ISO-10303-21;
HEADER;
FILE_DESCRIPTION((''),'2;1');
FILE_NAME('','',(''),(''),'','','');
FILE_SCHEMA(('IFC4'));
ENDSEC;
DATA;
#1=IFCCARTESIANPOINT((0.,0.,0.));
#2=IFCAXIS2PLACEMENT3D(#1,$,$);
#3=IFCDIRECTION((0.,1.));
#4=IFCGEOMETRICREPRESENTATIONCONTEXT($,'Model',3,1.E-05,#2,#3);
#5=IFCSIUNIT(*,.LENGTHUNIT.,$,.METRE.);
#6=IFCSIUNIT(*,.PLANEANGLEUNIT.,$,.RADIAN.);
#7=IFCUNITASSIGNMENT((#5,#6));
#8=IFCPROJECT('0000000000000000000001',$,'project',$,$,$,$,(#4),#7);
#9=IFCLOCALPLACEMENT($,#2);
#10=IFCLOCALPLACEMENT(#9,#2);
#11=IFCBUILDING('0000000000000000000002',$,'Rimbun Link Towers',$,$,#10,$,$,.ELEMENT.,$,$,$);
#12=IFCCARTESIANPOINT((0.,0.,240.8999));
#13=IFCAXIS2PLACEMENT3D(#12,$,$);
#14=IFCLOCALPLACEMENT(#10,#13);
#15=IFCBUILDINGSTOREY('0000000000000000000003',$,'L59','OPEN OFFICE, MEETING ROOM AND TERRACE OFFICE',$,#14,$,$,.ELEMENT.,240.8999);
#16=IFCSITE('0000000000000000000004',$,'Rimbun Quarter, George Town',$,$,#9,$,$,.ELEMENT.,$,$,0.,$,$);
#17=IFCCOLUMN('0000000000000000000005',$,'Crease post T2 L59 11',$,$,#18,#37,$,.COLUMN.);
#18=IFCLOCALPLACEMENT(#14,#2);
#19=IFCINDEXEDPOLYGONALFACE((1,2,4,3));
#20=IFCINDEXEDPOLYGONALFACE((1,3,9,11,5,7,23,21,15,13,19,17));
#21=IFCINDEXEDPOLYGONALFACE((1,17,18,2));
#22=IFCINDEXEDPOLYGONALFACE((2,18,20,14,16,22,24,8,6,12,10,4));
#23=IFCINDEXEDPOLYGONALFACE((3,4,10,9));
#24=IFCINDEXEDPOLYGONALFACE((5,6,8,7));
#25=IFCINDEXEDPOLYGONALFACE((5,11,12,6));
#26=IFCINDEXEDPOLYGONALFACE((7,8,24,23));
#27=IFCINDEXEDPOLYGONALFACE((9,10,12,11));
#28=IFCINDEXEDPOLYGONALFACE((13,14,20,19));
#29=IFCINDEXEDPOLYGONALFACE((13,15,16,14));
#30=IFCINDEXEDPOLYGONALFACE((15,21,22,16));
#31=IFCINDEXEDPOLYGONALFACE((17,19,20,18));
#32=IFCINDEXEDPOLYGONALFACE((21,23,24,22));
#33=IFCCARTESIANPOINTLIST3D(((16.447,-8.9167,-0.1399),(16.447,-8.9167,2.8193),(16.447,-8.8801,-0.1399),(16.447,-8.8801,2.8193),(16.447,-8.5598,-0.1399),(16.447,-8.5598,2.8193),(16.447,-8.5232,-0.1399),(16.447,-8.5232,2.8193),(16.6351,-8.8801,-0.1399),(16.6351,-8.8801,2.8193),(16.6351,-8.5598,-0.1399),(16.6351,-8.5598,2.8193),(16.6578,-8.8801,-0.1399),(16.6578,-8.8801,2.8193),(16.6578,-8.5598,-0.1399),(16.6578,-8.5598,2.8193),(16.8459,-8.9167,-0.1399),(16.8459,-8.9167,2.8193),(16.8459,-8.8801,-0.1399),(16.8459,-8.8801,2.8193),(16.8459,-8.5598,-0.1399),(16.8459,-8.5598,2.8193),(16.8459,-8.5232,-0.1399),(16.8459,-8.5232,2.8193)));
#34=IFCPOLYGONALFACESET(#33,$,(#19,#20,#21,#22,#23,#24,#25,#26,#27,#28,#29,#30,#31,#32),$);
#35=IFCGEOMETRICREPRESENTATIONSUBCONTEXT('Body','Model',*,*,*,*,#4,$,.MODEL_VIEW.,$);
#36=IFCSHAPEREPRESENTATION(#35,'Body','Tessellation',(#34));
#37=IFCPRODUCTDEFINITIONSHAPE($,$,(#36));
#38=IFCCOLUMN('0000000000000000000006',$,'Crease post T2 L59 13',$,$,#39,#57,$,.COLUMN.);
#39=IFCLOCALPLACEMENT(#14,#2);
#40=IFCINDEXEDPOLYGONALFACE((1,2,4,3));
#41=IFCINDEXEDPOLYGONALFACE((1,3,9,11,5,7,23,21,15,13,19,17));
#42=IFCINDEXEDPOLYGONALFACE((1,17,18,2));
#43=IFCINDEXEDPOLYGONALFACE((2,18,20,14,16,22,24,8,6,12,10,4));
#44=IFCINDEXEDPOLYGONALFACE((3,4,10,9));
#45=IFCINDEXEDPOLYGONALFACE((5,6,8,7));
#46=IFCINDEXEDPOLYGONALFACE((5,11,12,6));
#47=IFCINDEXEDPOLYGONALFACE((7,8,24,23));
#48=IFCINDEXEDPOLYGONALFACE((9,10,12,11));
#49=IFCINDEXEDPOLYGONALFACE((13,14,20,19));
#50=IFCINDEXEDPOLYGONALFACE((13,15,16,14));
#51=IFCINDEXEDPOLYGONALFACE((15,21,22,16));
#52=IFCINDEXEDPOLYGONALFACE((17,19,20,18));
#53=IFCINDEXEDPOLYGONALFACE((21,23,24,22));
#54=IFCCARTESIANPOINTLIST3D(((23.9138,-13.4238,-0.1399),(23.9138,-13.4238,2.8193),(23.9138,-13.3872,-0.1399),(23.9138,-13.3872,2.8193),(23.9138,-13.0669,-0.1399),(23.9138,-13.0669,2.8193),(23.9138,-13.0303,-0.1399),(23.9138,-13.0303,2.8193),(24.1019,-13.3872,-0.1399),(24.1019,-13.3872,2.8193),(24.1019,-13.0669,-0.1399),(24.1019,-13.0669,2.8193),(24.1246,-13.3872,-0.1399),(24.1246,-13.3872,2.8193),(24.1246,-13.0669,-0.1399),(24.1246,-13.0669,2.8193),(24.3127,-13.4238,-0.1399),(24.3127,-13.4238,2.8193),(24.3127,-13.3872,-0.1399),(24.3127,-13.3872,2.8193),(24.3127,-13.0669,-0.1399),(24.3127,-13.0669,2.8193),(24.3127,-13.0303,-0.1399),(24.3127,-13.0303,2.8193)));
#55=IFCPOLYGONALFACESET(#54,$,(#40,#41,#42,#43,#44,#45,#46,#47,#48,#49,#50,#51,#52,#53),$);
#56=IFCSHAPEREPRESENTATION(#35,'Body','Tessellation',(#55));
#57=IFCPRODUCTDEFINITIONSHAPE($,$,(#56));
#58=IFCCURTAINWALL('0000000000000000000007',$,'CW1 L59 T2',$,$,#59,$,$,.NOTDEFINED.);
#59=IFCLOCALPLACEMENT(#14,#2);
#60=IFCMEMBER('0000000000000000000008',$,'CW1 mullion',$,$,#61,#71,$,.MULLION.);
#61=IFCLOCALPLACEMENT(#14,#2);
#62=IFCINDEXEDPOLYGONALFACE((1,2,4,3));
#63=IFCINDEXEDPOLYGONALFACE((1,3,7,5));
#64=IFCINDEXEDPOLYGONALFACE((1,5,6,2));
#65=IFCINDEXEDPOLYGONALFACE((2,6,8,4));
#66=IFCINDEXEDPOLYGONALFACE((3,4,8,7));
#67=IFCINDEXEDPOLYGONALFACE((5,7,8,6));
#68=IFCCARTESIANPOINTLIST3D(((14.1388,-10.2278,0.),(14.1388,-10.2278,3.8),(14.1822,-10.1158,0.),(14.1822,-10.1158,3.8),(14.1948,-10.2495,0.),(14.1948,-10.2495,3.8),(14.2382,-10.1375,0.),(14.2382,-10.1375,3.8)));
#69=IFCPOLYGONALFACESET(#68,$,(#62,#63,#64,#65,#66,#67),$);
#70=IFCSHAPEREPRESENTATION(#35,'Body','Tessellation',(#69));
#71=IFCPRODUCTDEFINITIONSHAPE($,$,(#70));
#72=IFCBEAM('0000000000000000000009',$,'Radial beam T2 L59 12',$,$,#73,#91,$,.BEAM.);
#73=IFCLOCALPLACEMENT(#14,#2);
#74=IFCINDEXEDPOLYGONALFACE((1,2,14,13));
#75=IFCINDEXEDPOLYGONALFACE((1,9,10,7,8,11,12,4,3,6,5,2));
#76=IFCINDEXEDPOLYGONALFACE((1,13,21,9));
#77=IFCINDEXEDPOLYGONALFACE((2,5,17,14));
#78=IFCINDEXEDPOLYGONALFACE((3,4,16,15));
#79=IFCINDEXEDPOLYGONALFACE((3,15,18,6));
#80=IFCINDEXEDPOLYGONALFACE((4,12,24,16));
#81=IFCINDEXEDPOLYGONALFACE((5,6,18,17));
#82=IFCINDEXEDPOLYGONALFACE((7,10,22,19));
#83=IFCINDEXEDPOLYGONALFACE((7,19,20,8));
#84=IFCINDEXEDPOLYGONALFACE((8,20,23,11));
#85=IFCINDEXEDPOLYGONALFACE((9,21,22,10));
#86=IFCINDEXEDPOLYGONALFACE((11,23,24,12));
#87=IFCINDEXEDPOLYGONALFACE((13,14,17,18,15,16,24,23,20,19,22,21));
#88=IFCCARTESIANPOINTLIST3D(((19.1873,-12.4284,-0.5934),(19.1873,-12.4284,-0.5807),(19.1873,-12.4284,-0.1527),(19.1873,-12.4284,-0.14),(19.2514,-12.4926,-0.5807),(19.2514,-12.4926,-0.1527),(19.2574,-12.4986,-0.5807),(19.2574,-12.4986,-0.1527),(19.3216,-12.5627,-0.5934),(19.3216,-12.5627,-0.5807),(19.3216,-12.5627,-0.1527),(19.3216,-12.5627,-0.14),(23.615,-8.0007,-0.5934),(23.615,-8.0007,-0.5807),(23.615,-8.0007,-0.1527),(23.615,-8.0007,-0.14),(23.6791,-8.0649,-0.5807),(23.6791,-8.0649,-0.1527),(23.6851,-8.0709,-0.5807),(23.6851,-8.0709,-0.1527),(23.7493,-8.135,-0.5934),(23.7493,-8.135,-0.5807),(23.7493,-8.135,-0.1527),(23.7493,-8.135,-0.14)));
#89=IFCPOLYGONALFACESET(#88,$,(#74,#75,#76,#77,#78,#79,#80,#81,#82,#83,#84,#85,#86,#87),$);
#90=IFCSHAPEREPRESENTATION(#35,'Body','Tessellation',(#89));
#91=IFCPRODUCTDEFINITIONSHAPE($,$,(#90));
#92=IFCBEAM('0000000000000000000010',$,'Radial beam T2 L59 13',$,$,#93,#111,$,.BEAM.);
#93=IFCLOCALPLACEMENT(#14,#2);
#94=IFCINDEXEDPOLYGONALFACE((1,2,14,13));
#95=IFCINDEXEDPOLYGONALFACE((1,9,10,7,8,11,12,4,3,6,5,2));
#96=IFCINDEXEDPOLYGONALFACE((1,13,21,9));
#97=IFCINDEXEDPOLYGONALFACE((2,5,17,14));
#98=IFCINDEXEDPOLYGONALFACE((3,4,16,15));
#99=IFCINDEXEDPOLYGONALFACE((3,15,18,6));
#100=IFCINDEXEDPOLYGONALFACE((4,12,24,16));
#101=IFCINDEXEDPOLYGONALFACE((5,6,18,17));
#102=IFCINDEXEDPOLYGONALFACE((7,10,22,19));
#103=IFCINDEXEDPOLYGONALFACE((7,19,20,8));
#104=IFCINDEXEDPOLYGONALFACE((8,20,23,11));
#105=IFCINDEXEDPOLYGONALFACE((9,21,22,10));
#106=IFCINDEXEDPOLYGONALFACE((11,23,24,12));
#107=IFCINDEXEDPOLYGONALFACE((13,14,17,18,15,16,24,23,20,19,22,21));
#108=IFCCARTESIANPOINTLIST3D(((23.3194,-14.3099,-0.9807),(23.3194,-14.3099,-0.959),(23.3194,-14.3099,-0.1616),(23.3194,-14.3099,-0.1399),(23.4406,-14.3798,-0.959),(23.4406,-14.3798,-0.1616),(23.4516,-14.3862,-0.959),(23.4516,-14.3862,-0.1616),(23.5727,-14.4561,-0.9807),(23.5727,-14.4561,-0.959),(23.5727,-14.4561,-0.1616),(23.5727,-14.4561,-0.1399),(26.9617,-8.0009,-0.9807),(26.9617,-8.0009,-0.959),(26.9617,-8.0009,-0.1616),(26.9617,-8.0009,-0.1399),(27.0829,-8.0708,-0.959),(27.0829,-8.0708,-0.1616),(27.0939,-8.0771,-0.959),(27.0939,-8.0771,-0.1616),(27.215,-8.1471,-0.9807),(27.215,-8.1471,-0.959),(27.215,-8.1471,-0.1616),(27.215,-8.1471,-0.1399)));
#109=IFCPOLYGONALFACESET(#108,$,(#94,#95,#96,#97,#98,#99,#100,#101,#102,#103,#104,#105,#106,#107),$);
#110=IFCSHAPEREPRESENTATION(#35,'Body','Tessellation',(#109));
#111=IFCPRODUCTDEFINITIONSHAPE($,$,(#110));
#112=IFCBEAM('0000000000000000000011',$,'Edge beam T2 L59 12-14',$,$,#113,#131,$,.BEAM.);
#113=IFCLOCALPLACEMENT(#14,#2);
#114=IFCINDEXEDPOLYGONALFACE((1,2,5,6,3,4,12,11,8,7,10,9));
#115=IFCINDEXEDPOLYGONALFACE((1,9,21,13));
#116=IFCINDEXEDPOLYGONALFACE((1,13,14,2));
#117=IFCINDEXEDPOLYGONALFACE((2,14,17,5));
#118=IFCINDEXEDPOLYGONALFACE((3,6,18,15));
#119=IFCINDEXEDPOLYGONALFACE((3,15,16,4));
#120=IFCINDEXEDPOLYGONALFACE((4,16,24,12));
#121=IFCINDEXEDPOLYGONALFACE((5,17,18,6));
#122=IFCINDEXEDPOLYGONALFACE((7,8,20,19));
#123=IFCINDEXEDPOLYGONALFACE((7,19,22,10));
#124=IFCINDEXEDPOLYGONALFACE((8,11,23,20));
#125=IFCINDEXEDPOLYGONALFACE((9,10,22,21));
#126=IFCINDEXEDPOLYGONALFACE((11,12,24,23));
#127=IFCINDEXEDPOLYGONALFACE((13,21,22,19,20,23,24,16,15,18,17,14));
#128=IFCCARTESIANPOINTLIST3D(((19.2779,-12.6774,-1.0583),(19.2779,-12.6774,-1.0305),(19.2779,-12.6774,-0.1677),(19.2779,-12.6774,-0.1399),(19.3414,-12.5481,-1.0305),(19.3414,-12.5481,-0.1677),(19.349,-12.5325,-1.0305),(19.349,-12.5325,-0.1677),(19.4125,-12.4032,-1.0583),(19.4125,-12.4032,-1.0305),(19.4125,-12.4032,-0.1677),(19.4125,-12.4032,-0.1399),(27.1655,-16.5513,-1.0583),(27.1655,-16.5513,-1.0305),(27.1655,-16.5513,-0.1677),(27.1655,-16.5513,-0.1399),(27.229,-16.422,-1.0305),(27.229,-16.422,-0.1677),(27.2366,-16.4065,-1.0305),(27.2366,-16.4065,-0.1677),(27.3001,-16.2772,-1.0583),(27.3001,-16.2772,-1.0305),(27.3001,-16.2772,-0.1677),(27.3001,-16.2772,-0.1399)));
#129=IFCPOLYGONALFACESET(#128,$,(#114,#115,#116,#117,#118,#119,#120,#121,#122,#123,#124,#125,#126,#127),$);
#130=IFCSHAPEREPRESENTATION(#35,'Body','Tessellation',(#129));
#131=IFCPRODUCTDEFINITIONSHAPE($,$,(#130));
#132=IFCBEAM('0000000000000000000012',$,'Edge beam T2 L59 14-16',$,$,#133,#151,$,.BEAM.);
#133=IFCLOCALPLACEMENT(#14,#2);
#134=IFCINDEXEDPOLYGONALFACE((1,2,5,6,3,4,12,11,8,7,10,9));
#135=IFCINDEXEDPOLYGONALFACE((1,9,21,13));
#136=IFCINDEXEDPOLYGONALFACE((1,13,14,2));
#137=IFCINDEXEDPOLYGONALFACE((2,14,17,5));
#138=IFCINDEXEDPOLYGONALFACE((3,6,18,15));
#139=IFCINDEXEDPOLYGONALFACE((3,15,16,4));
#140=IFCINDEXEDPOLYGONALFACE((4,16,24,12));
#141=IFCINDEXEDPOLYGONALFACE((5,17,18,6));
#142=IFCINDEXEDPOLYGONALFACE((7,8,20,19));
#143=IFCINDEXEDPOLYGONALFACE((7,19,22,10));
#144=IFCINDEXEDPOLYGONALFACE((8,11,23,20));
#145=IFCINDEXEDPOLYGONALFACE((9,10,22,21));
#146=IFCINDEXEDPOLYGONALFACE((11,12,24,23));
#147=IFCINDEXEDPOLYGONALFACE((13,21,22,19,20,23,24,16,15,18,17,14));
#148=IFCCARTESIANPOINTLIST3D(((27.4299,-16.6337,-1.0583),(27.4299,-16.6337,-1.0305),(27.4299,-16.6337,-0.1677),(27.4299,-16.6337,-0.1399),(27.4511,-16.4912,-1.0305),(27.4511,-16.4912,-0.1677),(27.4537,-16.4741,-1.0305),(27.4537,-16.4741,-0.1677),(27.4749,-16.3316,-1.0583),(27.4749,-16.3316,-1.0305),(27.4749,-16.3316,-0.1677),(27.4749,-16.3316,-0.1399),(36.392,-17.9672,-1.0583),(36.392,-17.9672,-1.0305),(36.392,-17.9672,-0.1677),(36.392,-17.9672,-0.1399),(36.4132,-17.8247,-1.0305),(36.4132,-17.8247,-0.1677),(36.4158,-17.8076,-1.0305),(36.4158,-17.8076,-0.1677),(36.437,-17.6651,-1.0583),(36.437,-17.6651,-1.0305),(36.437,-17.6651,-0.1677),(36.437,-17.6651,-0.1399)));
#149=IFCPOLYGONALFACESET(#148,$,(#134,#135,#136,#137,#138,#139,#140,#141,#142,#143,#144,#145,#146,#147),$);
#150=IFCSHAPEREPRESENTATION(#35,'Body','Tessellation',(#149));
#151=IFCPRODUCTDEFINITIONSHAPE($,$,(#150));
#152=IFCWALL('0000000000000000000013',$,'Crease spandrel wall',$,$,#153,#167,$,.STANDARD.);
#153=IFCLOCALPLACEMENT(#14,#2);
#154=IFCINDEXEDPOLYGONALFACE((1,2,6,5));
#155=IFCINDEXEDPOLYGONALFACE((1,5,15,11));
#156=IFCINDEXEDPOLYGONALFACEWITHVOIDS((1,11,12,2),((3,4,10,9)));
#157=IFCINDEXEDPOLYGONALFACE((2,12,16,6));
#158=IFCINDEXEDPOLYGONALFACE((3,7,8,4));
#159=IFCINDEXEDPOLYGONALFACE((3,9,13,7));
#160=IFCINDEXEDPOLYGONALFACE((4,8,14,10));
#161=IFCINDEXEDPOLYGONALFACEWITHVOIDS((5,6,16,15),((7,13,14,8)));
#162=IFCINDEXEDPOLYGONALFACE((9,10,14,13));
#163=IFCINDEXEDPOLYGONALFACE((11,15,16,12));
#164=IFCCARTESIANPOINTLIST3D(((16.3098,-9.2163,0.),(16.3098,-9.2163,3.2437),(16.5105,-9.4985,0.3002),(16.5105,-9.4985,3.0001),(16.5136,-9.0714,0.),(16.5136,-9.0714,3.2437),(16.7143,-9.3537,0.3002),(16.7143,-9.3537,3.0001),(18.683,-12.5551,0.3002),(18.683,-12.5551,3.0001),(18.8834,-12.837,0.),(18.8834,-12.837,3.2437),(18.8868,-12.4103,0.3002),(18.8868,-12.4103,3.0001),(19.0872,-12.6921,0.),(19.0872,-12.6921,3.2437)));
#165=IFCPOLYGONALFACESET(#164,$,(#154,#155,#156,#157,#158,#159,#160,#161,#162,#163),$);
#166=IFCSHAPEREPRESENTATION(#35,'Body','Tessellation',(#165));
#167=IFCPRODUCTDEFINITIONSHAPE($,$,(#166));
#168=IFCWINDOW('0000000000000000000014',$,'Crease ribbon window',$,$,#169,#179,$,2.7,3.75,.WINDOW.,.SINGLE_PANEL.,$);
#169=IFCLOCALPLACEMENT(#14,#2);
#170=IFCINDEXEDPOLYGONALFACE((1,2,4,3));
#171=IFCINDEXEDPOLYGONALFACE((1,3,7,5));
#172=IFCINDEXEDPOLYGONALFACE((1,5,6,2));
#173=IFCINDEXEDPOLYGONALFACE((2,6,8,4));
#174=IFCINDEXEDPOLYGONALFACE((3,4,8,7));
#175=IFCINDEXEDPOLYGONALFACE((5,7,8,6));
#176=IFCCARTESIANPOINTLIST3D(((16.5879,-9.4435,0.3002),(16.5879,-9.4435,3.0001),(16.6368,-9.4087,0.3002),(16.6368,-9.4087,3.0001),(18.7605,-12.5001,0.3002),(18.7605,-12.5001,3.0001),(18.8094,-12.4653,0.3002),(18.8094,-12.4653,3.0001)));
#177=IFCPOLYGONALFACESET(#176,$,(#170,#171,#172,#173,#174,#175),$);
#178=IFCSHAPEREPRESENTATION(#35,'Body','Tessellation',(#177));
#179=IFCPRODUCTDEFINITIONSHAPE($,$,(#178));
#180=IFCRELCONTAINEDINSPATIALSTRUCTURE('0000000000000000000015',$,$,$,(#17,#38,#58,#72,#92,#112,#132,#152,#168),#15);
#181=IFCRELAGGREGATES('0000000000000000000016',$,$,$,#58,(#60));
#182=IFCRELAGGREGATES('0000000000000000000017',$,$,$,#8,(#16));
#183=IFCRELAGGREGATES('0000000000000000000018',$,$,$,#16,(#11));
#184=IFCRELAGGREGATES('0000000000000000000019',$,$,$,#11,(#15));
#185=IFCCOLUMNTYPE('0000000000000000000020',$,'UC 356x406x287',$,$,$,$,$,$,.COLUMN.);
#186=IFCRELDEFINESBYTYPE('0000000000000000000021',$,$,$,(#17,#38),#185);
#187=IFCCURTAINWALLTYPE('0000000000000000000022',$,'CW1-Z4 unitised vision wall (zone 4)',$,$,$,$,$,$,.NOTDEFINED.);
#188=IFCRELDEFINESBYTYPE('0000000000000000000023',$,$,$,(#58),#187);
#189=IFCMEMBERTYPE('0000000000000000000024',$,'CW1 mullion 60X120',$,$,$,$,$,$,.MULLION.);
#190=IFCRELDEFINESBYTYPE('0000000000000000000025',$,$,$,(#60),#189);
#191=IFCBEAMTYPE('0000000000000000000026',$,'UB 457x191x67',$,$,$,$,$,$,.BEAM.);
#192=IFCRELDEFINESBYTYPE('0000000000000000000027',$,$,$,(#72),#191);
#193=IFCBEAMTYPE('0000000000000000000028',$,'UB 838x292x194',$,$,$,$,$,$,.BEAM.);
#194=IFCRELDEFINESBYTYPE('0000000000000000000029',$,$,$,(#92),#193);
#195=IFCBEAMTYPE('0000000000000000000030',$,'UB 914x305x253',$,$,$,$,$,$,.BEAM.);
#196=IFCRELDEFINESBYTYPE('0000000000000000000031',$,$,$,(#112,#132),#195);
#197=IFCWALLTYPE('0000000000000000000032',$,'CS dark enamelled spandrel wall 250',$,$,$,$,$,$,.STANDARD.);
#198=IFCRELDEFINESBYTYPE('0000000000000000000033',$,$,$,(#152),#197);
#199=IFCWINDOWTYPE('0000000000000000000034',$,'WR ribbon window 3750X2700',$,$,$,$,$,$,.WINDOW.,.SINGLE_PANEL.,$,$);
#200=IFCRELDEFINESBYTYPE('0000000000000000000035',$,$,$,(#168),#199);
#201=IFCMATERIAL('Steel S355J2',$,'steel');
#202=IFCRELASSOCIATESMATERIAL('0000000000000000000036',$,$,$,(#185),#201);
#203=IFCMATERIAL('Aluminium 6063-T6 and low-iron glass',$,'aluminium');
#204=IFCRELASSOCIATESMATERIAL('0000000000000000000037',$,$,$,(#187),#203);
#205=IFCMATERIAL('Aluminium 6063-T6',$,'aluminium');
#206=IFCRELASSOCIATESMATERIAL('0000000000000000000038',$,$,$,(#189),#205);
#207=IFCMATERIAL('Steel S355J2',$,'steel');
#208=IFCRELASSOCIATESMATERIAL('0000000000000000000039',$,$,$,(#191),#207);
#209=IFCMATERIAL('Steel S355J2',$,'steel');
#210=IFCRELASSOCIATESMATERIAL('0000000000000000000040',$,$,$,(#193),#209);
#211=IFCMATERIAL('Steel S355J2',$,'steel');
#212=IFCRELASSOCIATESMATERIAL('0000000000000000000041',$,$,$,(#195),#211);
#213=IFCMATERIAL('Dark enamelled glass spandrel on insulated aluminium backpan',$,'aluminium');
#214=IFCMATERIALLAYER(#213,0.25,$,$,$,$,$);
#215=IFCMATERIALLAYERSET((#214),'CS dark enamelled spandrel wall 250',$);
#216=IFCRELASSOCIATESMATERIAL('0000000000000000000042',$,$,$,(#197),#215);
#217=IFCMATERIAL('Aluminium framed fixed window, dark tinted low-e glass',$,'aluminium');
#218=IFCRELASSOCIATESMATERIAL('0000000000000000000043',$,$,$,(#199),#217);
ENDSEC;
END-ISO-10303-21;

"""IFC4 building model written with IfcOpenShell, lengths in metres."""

from ifc_helpers import new_model, si_unit, direction, frame, frame_2d, origin, origin_2d, place, context, subcontext, project, spatial, rectangle, i_section, extrude, material, layer, layer_set, material_profile, profile_set, type_object, element, fill, aggregate, save


model = new_model("IFC4")

# Units and contexts
model_context = context("Model", 3, precision=1e-05, world=origin(), true_north=direction((0.0, 1.0)))
body_context = subcontext(model_context, "Body", "Model", "MODEL_VIEW")
ifc_project = project(units=[si_unit("LENGTHUNIT", "METRE"), si_unit("PLANEANGLEUNIT", "RADIAN")], contexts=[model_context])

# Site, building, storey
site_placement = place(None, origin())
site = spatial("IfcSite", under=ifc_project, at=site_placement, Name="Rimbun Quarter, George Town", CompositionType="ELEMENT", RefElevation=0.0)
building_placement = place(site_placement, origin())
building = spatial("IfcBuilding", under=site, at=building_placement, Name="Rimbun Link Towers", CompositionType="ELEMENT")
storey_placement = place(building_placement, frame((0.0, 0.0, 240.8999)))
storey = spatial("IfcBuildingStorey", under=building, at=storey_placement, Name="L59", Description="OPEN OFFICE, MEETING ROOM AND TERRACE OFFICE", CompositionType="ELEMENT", Elevation=240.8999)

# Columns
ifc_material_1 = material(Name="Steel S355J2", Category="steel")
ifc_material_profile_1 = material_profile(ifc_material_1, i_section(OverallWidth=0.3989, OverallDepth=0.3936, WebThickness=0.0227, FlangeThickness=0.0366, at=origin_2d()), Name="UC 356x406x287")
ifc_profile_set_1 = profile_set([ifc_material_profile_1], Name="Steel S355J2")
column_type = type_object("IfcColumnType", Name="UC 356x406x287", PredefinedType="COLUMN", material=ifc_profile_set_1)
for number, where, z_axis, x_axis, name in (
    (1, (16.6465, -8.72, -0.1399), (0.0, 0.0, 1.0), (1.0, 0.0, 0.0), "Crease post T2 L59 11"),
    (2, (24.1133, -13.2271, -0.1399), (0.0, 0.0, 1.0), (1.0, 0.0, 0.0), "Crease post T2 L59 13"),
):
    element("IfcColumn", number, at=place(storey_placement, frame(where, z_axis=z_axis, x_axis=x_axis)), inside=storey, type_object=column_type, Name=name, PredefinedType="COLUMN", context=body_context, shape_type="SweptSolid", body=[
        extrude(i_section(OverallWidth=0.3989, OverallDepth=0.3936, WebThickness=0.0227, FlangeThickness=0.0366, at=origin_2d()), origin(), (0.0, 0.0, 1.0), 2.9592),
    ])

# Curtain wall, member
ifc_material_2 = material(Name="Aluminium 6063-T6 and low-iron glass", Category="aluminium")
curtain_wall_type = type_object("IfcCurtainWallType", Name="CW1-Z4 unitised vision wall (zone 4)", PredefinedType="NOTDEFINED", material=ifc_material_2)
curtain_wall_placement = place(storey_placement, origin())
curtain_wall = element("IfcCurtainWall", 3, at=curtain_wall_placement, inside=storey, type_object=curtain_wall_type, Name="CW1 L59 T2", PredefinedType="NOTDEFINED")
ifc_material_3 = material(Name="Aluminium 6063-T6", Category="aluminium")
ifc_material_profile_2 = material_profile(ifc_material_3, rectangle(XDim=0.1201, YDim=0.0601, at=origin_2d()), Name="MULLION 60X120")
ifc_profile_set_2 = profile_set([ifc_material_profile_2], Name="Aluminium 6063-T6")
member_type = type_object("IfcMemberType", Name="CW1 mullion 60X120", PredefinedType="MULLION", material=ifc_profile_set_2)
member_placement = place(storey_placement, frame((14.1885, -10.1826, 0.0), z_axis=(0.0, 0.0, 1.0), x_axis=(-0.361275, -0.932459, 0.0)))
member = element("IfcMember", 4, at=member_placement, type_object=member_type, Name="CW1 mullion", PredefinedType="MULLION", context=body_context, shape_type="SweptSolid", body=[
    extrude(rectangle(XDim=0.1201, YDim=0.0601, at=origin_2d()), origin(), (0.0, 0.0, 1.0), 3.8),
])
aggregate(curtain_wall, [member])

# Beams
ifc_material_4 = material(Name="Steel S355J2", Category="steel")
ifc_material_profile_3 = material_profile(ifc_material_4, i_section(OverallWidth=0.1899, OverallDepth=0.4534, WebThickness=0.0085, FlangeThickness=0.0127, at=origin_2d()), Name="UB 457x191x67")
ifc_profile_set_3 = profile_set([ifc_material_profile_3], Name="Steel S355J2")
beam_type_1 = type_object("IfcBeamType", Name="UB 457x191x67", PredefinedType="BEAM", material=ifc_profile_set_3)
beam_1_placement = place(storey_placement, frame((23.6821, -8.0679, -0.3667), z_axis=(-0.707107, -0.707107, 0.0), x_axis=(0.707107, -0.707107, 0.0)))
element("IfcBeam", 5, at=beam_1_placement, inside=storey, type_object=beam_type_1, Name="Radial beam T2 L59 12", PredefinedType="BEAM", context=body_context, shape_type="SweptSolid", body=[
    extrude(i_section(OverallWidth=0.1899, OverallDepth=0.4534, WebThickness=0.0085, FlangeThickness=0.0127, at=origin_2d()), origin(), (0.0, 0.0, 1.0), 6.2617),
])
ifc_material_5 = material(Name="Steel S355J2", Category="steel")
ifc_material_profile_4 = material_profile(ifc_material_5, i_section(OverallWidth=0.2925, OverallDepth=0.8408, WebThickness=0.0127, FlangeThickness=0.0217, at=origin_2d()), Name="UB 838x292x194")
ifc_profile_set_4 = profile_set([ifc_material_profile_4], Name="Steel S355J2")
beam_type_2 = type_object("IfcBeamType", Name="UB 838x292x194", PredefinedType="BEAM", material=ifc_profile_set_4)
beam_2_placement = place(storey_placement, frame((27.0884, -8.074, -0.5603), z_axis=(-0.499978, -0.866038, 0.0), x_axis=(0.866038, -0.499978, 0.0)))
element("IfcBeam", 6, at=beam_2_placement, inside=storey, type_object=beam_type_2, Name="Radial beam T2 L59 13", PredefinedType="BEAM", context=body_context, shape_type="SweptSolid", body=[
    extrude(i_section(OverallWidth=0.2925, OverallDepth=0.8408, WebThickness=0.0127, FlangeThickness=0.0217, at=origin_2d()), origin(), (0.0, 0.0, 1.0), 7.2849),
])
ifc_material_6 = material(Name="Steel S355J2", Category="steel")
ifc_material_profile_5 = material_profile(ifc_material_6, i_section(OverallWidth=0.3054, OverallDepth=0.9185, WebThickness=0.0173, FlangeThickness=0.0278, at=origin_2d()), Name="UB 914x305x253")
ifc_profile_set_5 = profile_set([ifc_material_profile_5], Name="Steel S355J2")
beam_type_3 = type_object("IfcBeamType", Name="UB 914x305x253", PredefinedType="BEAM", material=ifc_profile_set_5)
beam_3_placement = place(storey_placement, frame((19.3452, -12.5403, -0.5991), z_axis=(0.897583, -0.440846, 0.0), x_axis=(0.440846, 0.897583, 0.0)))
element("IfcBeam", 7, at=beam_3_placement, inside=storey, type_object=beam_type_3, Name="Edge beam T2 L59 12-14", PredefinedType="BEAM", context=body_context, shape_type="SweptSolid", body=[
    extrude(i_section(OverallWidth=0.3054, OverallDepth=0.9185, WebThickness=0.0173, FlangeThickness=0.0278, at=origin_2d()), origin(), (0.0, 0.0, 1.0), 8.7876),
])
beam_4_placement = place(storey_placement, frame((27.4524, -16.4827, -0.5991), z_axis=(0.989111, -0.147172, 0.0), x_axis=(0.147172, 0.989111, 0.0)))
element("IfcBeam", 8, at=beam_4_placement, inside=storey, type_object=beam_type_3, Name="Edge beam T2 L59 14-16", PredefinedType="BEAM", context=body_context, shape_type="SweptSolid", body=[
    extrude(i_section(OverallWidth=0.3054, OverallDepth=0.9185, WebThickness=0.0173, FlangeThickness=0.0278, at=origin_2d()), origin(), (0.0, 0.0, 1.0), 9.0608),
])

# Wall, opening, window
ifc_material_7 = material(Name="Dark enamelled glass spandrel on insulated aluminium backpan", Category="aluminium")
ifc_layer_1 = layer(ifc_material_7, 0.25)
ifc_layer_set_1 = layer_set([ifc_layer_1], Name="CS dark enamelled spandrel wall 250")
wall_type_1 = type_object("IfcWallType", Name="CS dark enamelled spandrel wall 250", PredefinedType="STANDARD", material=ifc_layer_set_1)
wall_1_placement = place(storey_placement, frame((18.9854, -12.7646, 0.0), z_axis=(0.0, 0.0, 1.0), x_axis=(-0.579349, 0.815079, 0.0)))
wall_1 = element("IfcWall", 9, at=wall_1_placement, inside=storey, type_object=wall_type_1, Name="Crease spandrel wall", PredefinedType="STANDARD", context=body_context, shape_type="SweptSolid", body=[
    extrude(rectangle(XDim=4.4421, YDim=0.25, at=frame_2d((2.2212, 0.0))), origin(), (0.0, 0.0, 1.0), 3.2437),
])
opening_1_placement = place(wall_1_placement, frame((0.3459, 0.0, 0.3)))
opening_1 = element("IfcOpeningElement", 10, at=opening_1_placement, cuts=wall_1, PredefinedType="OPENING", context=body_context, shape_type="SweptSolid", body=[
    extrude(rectangle(XDim=3.75, YDim=2.7, at=frame_2d((1.875, 1.3501))), frame((0.0, 0.135, 0.0), z_axis=(0.0, -1.0, 0.0), x_axis=(1.0, 0.0, 0.0)), (0.0, 0.0, 1.0), 0.27),
])
ifc_material_8 = material(Name="Aluminium framed fixed window, dark tinted low-e glass", Category="aluminium")
window_type_1 = type_object("IfcWindowType", Name="WR ribbon window 3750X2700", PartitioningType="SINGLE_PANEL", PredefinedType="WINDOW", material=ifc_material_8)
window_1_placement = place(opening_1_placement, origin())
window_1 = element("IfcWindow", 11, at=window_1_placement, inside=storey, type_object=window_type_1, Name="Crease ribbon window", OverallHeight=2.7, OverallWidth=3.75, PartitioningType="SINGLE_PANEL", PredefinedType="WINDOW", context=body_context, shape_type="SweptSolid", body=[
    extrude(rectangle(XDim=3.75, YDim=2.7, at=frame_2d((1.875, 1.3501))), frame((0.0, 0.03, 0.0), z_axis=(0.0, -1.0, 0.0), x_axis=(1.0, 0.0, 0.0)), (0.0, 0.0, 1.0), 0.0601),
])
fill(opening_1, window_1)

save(model, "model.ifc")
